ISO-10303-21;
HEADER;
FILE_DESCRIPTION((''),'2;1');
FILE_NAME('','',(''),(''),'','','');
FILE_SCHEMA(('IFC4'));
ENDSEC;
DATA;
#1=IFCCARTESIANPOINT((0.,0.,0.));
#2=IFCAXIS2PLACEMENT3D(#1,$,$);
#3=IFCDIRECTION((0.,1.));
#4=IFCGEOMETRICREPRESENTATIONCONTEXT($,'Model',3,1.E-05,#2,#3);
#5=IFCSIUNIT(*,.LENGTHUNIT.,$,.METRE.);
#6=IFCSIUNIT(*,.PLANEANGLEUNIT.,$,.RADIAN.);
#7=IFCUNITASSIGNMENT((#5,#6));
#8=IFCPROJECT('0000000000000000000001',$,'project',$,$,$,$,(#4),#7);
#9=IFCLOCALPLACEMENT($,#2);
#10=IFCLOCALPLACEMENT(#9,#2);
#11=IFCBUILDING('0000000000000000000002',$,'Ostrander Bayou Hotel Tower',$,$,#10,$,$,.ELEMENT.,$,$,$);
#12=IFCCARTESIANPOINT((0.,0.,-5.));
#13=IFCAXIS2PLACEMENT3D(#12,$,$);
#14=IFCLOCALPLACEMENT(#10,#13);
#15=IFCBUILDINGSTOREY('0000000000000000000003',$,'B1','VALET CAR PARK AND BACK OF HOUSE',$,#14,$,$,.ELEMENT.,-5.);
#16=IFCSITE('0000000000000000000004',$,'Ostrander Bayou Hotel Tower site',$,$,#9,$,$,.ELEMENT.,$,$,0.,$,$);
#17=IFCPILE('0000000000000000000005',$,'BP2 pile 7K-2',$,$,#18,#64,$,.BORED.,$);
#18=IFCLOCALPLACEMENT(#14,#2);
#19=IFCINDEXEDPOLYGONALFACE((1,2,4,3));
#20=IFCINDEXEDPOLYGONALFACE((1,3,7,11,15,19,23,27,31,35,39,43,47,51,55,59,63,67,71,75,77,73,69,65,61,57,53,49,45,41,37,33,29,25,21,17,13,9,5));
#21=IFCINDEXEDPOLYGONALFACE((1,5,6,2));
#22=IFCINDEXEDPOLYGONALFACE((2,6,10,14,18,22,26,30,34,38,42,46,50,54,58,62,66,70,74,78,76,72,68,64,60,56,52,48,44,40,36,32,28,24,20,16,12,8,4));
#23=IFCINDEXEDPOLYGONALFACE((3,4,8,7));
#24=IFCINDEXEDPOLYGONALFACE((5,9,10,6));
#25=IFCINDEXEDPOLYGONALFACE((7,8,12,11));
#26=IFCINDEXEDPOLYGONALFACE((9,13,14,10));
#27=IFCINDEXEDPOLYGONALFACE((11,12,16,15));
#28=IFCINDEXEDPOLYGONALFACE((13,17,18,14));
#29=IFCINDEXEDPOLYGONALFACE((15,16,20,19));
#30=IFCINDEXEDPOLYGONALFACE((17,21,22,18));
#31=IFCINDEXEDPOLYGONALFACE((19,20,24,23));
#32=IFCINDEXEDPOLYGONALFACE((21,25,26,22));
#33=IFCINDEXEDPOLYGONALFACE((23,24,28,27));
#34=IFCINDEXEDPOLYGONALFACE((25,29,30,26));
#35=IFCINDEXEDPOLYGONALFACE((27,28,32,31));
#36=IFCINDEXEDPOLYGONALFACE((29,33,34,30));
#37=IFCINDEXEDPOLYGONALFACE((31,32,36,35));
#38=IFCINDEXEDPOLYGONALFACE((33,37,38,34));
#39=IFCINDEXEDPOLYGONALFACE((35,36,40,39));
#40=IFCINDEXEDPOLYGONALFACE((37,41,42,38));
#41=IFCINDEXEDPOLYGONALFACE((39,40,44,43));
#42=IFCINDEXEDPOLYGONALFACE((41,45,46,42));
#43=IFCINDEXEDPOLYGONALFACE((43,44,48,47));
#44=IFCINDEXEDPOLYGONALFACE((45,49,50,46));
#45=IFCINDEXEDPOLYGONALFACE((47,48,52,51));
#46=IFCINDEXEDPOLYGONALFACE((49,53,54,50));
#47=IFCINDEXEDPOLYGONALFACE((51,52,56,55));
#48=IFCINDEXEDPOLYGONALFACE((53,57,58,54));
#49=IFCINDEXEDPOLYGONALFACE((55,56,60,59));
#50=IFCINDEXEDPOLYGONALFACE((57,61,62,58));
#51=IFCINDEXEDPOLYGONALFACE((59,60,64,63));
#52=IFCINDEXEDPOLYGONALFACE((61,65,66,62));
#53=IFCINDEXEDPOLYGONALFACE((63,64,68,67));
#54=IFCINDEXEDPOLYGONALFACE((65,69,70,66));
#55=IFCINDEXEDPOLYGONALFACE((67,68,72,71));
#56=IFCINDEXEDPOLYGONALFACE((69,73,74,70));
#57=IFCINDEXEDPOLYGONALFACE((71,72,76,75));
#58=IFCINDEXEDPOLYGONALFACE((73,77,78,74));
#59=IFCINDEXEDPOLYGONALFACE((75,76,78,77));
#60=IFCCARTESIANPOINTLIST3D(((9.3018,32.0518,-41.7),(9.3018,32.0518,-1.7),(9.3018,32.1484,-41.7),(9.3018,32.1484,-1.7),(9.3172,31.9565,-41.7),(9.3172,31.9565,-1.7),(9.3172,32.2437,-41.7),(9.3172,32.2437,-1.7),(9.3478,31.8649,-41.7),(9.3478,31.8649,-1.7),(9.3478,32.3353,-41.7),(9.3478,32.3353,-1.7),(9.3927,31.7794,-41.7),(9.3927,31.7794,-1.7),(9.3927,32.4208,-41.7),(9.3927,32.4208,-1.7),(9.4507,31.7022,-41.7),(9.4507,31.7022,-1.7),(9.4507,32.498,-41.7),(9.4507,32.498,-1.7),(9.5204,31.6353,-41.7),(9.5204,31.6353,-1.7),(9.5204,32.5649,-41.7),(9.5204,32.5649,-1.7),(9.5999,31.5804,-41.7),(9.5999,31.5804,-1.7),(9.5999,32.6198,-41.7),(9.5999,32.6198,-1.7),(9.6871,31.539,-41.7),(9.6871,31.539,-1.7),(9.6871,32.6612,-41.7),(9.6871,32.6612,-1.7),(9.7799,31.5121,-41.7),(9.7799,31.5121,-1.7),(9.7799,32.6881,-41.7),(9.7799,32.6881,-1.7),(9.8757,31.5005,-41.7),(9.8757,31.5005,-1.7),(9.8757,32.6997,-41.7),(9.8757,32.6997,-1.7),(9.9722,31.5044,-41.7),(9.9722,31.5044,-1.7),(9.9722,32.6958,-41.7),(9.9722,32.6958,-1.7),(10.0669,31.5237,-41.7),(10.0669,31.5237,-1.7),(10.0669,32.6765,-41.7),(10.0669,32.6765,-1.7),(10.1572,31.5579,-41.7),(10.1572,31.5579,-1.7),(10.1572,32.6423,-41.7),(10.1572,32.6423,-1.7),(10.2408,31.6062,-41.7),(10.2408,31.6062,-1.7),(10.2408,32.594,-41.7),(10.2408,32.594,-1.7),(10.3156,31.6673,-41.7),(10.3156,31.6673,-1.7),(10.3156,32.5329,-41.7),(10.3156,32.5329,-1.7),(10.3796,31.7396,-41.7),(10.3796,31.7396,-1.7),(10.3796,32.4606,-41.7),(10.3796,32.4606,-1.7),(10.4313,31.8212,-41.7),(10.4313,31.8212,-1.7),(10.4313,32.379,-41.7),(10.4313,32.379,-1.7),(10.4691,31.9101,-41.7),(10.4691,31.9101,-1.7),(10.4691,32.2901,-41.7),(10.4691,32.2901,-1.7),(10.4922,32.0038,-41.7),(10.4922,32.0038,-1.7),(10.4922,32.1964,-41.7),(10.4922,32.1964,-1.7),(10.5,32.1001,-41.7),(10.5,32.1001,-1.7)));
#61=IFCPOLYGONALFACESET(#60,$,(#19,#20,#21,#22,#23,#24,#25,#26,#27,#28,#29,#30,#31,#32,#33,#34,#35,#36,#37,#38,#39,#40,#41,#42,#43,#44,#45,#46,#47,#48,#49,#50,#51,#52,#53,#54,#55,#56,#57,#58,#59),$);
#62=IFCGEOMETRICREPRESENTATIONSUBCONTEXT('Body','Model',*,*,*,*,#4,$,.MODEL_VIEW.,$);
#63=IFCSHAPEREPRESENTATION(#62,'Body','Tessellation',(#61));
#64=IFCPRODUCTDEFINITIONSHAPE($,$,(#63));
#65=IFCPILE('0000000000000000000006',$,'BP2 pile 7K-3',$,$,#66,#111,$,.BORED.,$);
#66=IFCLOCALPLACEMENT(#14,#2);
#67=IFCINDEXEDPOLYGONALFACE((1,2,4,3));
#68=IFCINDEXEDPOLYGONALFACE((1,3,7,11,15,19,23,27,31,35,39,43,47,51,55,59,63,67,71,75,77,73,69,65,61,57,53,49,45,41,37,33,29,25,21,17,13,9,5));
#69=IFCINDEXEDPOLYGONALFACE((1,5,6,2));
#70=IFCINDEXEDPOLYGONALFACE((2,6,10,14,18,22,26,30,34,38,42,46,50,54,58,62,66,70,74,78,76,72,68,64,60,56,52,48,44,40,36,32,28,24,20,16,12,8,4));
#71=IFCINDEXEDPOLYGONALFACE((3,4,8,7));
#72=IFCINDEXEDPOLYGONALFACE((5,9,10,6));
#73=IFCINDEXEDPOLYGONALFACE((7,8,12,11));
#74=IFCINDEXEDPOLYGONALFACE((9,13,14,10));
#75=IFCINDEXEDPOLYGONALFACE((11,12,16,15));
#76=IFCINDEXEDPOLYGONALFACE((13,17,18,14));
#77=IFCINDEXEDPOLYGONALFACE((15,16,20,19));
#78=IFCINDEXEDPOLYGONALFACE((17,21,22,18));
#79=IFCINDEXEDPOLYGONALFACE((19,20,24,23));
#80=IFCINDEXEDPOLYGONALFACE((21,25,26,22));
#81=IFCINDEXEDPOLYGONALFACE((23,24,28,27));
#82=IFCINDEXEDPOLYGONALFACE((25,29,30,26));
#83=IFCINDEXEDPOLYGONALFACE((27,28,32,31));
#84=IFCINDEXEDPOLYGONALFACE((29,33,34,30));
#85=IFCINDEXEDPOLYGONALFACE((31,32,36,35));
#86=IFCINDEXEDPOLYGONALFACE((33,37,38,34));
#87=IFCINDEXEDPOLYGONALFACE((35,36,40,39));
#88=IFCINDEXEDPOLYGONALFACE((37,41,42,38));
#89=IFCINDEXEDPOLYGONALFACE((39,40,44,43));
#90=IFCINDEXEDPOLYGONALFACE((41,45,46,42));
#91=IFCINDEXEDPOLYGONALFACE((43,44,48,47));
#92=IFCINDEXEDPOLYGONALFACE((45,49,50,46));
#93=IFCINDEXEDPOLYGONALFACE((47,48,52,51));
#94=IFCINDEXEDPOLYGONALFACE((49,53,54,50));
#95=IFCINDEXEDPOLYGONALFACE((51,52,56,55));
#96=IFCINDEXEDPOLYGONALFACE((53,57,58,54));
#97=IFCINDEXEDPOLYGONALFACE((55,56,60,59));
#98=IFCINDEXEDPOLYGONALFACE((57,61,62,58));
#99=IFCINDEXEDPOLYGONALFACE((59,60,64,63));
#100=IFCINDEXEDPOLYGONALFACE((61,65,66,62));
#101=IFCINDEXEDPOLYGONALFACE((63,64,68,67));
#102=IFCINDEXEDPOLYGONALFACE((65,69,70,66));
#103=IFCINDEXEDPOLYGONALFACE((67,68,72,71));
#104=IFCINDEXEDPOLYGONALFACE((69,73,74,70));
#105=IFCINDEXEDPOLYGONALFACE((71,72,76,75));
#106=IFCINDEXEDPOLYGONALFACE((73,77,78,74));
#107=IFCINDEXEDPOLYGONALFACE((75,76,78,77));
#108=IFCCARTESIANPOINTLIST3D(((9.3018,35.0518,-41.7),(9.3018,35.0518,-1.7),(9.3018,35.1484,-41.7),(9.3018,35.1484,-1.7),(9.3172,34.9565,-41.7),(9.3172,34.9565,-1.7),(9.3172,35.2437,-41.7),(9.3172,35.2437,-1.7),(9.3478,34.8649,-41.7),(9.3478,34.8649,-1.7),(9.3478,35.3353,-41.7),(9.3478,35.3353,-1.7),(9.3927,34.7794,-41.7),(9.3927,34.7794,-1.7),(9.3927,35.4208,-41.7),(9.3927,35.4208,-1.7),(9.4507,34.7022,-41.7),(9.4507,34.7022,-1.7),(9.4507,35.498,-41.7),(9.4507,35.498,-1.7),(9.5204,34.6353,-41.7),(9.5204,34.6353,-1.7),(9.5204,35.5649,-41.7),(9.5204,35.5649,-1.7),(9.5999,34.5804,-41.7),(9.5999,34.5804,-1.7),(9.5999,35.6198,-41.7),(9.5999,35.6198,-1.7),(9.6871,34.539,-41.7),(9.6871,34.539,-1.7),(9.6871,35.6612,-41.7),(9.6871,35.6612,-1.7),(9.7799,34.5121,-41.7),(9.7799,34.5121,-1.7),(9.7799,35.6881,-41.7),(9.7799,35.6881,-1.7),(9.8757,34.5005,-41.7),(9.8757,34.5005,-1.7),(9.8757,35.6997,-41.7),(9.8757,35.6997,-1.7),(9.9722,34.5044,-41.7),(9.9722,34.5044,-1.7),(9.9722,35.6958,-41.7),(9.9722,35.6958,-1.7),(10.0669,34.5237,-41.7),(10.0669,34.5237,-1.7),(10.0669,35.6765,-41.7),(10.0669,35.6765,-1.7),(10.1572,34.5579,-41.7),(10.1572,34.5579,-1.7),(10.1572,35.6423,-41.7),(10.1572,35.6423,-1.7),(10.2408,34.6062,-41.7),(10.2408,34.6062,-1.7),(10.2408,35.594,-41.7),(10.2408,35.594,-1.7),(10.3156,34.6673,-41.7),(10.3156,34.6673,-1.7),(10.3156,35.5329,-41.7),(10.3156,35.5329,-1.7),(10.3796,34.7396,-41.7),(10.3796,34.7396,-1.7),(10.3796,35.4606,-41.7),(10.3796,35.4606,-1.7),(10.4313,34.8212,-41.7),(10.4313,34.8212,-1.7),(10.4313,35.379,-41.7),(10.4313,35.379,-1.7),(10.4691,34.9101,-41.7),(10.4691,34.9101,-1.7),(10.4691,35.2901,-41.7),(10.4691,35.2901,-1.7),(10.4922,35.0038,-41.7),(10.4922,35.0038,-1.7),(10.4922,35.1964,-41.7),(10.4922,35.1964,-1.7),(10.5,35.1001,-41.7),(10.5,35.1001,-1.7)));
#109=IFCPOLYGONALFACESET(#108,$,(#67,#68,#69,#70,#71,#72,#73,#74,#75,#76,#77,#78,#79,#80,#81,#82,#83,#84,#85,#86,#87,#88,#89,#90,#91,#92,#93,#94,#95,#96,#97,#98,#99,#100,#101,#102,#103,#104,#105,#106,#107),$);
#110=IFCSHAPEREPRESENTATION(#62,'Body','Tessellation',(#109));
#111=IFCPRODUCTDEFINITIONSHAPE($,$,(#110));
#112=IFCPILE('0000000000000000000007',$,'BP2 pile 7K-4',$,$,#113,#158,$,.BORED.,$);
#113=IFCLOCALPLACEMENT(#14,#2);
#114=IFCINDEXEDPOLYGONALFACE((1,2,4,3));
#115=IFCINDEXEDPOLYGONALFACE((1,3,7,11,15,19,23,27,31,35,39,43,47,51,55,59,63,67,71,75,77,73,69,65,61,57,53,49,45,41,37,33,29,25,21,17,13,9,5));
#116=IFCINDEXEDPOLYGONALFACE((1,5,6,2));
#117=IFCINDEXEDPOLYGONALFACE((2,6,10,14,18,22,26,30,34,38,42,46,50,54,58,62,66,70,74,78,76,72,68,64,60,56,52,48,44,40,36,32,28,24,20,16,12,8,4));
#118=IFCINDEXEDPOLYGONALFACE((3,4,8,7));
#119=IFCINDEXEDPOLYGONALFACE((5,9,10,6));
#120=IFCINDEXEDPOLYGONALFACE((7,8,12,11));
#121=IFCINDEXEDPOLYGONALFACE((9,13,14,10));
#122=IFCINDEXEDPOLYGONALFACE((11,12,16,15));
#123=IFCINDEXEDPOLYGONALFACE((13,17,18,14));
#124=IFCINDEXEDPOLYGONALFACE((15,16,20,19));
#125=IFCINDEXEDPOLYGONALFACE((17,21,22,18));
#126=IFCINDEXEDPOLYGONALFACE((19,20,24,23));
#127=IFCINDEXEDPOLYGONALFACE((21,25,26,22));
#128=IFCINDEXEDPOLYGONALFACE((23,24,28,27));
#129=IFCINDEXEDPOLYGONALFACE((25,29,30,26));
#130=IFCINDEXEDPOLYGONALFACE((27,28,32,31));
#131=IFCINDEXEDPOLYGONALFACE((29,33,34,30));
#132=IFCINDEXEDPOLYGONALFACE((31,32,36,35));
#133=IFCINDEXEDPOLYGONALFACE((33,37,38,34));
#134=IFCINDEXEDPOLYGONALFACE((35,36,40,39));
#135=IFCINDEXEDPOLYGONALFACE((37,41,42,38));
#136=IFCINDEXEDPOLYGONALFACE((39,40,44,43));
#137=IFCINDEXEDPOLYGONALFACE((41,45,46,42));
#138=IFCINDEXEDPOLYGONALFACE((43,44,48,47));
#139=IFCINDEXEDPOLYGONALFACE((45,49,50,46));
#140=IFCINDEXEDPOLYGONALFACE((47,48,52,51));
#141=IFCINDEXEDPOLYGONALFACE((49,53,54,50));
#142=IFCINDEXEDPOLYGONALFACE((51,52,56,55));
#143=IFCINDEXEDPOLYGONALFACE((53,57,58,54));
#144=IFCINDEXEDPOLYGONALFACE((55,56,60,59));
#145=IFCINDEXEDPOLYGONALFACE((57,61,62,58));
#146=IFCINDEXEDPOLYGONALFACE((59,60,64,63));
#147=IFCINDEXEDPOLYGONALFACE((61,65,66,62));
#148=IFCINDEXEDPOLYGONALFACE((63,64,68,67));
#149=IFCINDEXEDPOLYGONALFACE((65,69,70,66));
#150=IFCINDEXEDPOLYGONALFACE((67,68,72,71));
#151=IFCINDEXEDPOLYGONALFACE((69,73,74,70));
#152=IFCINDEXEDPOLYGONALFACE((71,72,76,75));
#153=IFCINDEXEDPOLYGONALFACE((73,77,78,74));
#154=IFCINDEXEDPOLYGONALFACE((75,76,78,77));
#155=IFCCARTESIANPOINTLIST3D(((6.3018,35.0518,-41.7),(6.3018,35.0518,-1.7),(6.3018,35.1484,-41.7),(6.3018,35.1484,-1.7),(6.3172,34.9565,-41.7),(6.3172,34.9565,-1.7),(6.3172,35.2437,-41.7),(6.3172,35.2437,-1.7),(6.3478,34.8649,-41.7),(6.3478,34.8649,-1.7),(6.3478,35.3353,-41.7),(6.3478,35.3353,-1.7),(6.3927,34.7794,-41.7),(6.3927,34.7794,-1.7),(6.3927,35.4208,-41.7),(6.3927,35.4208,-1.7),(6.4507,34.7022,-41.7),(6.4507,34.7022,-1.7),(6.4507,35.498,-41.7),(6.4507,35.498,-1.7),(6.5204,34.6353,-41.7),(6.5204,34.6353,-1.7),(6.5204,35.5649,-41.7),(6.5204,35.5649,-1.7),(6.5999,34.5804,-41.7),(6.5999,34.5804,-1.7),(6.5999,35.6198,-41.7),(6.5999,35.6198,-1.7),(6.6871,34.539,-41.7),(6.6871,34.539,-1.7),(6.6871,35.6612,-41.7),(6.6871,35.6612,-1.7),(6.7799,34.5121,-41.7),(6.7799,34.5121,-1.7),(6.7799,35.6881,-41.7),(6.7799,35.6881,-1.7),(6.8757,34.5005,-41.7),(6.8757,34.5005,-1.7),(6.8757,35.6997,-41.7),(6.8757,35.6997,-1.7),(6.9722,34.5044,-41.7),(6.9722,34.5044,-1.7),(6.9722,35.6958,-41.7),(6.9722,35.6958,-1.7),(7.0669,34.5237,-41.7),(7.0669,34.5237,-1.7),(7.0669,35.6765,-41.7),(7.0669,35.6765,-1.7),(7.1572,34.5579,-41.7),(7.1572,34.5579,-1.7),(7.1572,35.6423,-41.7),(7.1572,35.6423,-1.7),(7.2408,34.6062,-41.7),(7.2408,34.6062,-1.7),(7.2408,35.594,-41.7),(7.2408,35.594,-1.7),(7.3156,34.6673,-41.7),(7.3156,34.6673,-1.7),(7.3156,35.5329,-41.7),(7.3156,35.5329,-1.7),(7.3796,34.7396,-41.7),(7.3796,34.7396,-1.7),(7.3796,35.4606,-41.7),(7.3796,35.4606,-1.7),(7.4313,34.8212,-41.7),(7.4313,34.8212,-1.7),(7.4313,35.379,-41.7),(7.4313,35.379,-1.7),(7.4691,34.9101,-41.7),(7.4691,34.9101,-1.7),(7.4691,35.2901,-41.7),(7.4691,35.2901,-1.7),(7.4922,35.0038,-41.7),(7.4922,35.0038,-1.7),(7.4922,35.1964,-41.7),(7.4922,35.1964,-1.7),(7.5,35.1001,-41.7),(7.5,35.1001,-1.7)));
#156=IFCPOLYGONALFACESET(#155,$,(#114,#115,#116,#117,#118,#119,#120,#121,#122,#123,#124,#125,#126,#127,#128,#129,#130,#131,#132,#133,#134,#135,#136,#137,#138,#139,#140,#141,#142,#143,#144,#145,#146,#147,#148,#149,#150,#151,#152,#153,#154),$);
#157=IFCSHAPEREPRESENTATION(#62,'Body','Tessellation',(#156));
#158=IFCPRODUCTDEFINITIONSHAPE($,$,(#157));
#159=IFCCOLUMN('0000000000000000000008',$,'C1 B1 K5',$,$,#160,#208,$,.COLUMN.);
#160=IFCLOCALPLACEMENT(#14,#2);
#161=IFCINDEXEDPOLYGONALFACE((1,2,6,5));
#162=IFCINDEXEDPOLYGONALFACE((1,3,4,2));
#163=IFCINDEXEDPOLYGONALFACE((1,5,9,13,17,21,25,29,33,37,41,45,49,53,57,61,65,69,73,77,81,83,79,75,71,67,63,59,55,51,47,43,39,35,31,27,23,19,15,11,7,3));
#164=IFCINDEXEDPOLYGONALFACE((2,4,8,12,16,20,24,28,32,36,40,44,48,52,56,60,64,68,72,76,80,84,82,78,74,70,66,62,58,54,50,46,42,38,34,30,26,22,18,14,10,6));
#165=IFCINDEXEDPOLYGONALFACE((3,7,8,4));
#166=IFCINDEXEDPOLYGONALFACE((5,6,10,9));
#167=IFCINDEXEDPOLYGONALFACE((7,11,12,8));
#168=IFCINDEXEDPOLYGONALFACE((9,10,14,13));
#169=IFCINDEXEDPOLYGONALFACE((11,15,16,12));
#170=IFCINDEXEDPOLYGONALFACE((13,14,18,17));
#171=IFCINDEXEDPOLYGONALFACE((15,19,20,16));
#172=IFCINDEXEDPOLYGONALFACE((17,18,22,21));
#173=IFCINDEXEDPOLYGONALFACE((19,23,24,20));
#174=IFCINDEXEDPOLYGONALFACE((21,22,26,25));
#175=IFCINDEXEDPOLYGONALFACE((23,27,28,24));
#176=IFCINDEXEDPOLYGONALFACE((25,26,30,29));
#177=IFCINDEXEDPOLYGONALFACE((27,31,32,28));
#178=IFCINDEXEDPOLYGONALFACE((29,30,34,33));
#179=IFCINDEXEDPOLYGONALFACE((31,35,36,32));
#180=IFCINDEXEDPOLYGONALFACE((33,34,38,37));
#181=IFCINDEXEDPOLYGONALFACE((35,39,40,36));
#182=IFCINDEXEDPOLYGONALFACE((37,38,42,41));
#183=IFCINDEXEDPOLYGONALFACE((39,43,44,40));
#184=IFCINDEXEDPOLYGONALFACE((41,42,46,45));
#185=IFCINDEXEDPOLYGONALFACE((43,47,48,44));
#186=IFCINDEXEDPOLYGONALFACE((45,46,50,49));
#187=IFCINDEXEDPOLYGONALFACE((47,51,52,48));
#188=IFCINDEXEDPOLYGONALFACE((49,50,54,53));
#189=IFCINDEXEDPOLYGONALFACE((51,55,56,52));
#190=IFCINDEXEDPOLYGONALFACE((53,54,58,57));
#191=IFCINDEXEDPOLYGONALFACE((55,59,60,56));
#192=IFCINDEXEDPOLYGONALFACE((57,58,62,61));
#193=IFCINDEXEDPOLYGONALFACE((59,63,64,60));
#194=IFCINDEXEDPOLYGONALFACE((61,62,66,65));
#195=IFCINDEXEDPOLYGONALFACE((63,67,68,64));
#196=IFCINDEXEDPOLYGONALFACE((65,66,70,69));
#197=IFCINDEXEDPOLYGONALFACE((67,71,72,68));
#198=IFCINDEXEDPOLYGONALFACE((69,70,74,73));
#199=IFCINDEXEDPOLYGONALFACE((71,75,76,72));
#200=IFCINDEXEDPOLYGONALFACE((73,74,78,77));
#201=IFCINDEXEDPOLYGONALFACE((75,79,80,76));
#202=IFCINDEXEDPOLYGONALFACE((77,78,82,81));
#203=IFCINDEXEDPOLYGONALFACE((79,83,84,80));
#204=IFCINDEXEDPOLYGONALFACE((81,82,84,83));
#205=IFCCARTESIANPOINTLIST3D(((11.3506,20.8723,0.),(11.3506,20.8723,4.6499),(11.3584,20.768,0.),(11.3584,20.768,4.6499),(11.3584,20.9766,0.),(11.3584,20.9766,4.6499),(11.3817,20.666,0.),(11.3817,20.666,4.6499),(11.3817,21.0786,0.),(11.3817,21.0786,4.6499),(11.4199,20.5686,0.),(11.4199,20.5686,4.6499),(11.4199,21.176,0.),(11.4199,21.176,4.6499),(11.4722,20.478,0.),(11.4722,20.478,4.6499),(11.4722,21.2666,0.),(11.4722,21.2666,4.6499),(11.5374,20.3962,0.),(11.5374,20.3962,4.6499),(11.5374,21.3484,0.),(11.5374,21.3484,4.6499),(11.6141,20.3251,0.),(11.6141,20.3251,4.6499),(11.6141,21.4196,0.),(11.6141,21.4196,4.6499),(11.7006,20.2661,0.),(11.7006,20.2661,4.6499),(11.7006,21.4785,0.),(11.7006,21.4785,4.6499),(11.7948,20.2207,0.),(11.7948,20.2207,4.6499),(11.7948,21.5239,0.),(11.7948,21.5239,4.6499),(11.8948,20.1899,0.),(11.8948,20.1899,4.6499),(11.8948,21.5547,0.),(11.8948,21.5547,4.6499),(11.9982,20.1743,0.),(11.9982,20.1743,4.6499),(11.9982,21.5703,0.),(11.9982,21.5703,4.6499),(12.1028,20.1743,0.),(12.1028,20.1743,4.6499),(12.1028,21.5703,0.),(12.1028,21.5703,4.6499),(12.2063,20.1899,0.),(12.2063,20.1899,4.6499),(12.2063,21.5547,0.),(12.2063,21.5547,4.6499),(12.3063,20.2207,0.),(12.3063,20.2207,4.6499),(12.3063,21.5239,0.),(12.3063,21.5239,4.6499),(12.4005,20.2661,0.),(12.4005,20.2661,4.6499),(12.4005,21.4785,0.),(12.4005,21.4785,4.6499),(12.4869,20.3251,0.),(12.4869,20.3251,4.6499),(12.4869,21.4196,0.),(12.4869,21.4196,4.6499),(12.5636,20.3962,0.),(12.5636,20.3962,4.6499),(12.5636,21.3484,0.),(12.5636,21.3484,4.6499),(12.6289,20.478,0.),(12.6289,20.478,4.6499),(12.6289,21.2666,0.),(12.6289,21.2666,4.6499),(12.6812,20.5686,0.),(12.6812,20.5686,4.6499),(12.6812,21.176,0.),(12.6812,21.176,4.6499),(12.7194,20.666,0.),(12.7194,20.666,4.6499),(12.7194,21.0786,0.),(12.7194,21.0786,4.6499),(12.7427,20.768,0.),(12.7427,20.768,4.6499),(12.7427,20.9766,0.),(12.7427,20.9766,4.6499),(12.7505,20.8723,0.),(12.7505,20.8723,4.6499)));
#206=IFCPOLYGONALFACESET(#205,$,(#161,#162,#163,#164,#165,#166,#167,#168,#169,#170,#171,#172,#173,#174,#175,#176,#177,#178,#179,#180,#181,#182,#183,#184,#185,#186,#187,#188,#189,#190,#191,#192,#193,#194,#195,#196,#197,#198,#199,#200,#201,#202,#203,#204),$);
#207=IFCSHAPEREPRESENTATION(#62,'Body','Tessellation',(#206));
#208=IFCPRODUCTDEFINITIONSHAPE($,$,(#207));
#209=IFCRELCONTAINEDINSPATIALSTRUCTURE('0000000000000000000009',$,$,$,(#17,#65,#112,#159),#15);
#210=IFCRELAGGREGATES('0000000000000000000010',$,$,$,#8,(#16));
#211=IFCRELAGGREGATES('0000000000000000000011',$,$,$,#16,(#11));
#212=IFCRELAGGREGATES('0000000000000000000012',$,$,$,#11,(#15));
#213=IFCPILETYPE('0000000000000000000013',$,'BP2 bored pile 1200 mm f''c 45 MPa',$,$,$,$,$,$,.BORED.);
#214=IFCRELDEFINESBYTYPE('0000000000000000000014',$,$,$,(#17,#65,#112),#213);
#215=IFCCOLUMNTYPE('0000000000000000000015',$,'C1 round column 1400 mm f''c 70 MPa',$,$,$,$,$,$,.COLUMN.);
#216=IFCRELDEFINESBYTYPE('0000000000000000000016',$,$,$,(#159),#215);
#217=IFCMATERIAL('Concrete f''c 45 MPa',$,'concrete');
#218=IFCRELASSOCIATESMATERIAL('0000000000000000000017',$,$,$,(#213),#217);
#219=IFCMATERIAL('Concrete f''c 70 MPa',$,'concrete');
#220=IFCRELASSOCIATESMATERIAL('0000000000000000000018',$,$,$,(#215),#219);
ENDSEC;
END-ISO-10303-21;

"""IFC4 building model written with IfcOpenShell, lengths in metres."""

from ifc_helpers import new_model, si_unit, direction, frame, origin, origin_2d, place, context, subcontext, project, spatial, circle, extrude, material, material_profile, profile_set, type_object, element, save


model = new_model("IFC4")

# Units and contexts
model_context = context("Model", 3, precision=1e-05, world=origin(), true_north=direction((0.0, 1.0)))
body_context = subcontext(model_context, "Body", "Model", "MODEL_VIEW")
ifc_project = project(units=[si_unit("LENGTHUNIT", "METRE"), si_unit("PLANEANGLEUNIT", "RADIAN")], contexts=[model_context])

# Site, building, storey
site_placement = place(None, origin())
site = spatial("IfcSite", under=ifc_project, at=site_placement, Name="Ostrander Bayou Hotel Tower site", CompositionType="ELEMENT", RefElevation=0.0)
building_placement = place(site_placement, origin())
building = spatial("IfcBuilding", under=site, at=building_placement, Name="Ostrander Bayou Hotel Tower", CompositionType="ELEMENT")
storey_placement = place(building_placement, frame((0.0, 0.0, -5.0)))
storey = spatial("IfcBuildingStorey", under=building, at=storey_placement, Name="B1", Description="VALET CAR PARK AND BACK OF HOUSE", CompositionType="ELEMENT", Elevation=-5.0)

# Piles
ifc_material_1 = material(Name="Concrete f'c 45 MPa", Category="concrete")
ifc_material_profile_1 = material_profile(ifc_material_1, circle(Radius=0.6001, at=origin_2d()))
ifc_profile_set_1 = profile_set([ifc_material_profile_1], Name="Concrete f'c 45 MPa")
pile_type_1 = type_object("IfcPileType", Name="BP2 bored pile 1200 mm f'c 45 MPa", PredefinedType="BORED", material=ifc_profile_set_1)
for number, where, z_axis, x_axis, name in (
    (1, (9.8999, 32.1001, -1.7), (0.0, 0.0, -1.0), (1.0, 0.0, 0.0), "BP2 pile 7K-2"),
    (2, (9.8999, 35.1001, -1.7), (0.0, 0.0, -1.0), (1.0, 0.0, 0.0), "BP2 pile 7K-3"),
    (3, (6.8999, 35.1001, -1.7), (0.0, 0.0, -1.0), (1.0, 0.0, 0.0), "BP2 pile 7K-4"),
):
    element("IfcPile", number, at=place(storey_placement, frame(where, z_axis=z_axis, x_axis=x_axis)), inside=storey, type_object=pile_type_1, Name=name, PredefinedType="BORED", context=body_context, shape_type="SweptSolid", body=[
        extrude(circle(Radius=0.6001, at=origin_2d()), origin(), (0.0, 0.0, 1.0), 40.0),
    ])

# Column
ifc_material_2 = material(Name="Concrete f'c 70 MPa", Category="concrete")
ifc_material_profile_2 = material_profile(ifc_material_2, circle(Radius=0.7, at=origin_2d()))
ifc_profile_set_2 = profile_set([ifc_material_profile_2], Name="Concrete f'c 70 MPa")
column_type_1 = type_object("IfcColumnType", Name="C1 round column 1400 mm f'c 70 MPa", PredefinedType="COLUMN", material=ifc_profile_set_2)
column_1_placement = place(storey_placement, frame((12.0505, 20.8723, 0.0), z_axis=(0.0, 0.0, 1.0), x_axis=(1.0, 0.0, 0.0)))
element("IfcColumn", 4, at=column_1_placement, inside=storey, type_object=column_type_1, Name="C1 B1 K5", PredefinedType="COLUMN", context=body_context, shape_type="SweptSolid", body=[
    extrude(circle(Radius=0.7, at=origin_2d()), origin(), (0.0, 0.0, 1.0), 4.6499),
])

save(model, "model.ifc")
